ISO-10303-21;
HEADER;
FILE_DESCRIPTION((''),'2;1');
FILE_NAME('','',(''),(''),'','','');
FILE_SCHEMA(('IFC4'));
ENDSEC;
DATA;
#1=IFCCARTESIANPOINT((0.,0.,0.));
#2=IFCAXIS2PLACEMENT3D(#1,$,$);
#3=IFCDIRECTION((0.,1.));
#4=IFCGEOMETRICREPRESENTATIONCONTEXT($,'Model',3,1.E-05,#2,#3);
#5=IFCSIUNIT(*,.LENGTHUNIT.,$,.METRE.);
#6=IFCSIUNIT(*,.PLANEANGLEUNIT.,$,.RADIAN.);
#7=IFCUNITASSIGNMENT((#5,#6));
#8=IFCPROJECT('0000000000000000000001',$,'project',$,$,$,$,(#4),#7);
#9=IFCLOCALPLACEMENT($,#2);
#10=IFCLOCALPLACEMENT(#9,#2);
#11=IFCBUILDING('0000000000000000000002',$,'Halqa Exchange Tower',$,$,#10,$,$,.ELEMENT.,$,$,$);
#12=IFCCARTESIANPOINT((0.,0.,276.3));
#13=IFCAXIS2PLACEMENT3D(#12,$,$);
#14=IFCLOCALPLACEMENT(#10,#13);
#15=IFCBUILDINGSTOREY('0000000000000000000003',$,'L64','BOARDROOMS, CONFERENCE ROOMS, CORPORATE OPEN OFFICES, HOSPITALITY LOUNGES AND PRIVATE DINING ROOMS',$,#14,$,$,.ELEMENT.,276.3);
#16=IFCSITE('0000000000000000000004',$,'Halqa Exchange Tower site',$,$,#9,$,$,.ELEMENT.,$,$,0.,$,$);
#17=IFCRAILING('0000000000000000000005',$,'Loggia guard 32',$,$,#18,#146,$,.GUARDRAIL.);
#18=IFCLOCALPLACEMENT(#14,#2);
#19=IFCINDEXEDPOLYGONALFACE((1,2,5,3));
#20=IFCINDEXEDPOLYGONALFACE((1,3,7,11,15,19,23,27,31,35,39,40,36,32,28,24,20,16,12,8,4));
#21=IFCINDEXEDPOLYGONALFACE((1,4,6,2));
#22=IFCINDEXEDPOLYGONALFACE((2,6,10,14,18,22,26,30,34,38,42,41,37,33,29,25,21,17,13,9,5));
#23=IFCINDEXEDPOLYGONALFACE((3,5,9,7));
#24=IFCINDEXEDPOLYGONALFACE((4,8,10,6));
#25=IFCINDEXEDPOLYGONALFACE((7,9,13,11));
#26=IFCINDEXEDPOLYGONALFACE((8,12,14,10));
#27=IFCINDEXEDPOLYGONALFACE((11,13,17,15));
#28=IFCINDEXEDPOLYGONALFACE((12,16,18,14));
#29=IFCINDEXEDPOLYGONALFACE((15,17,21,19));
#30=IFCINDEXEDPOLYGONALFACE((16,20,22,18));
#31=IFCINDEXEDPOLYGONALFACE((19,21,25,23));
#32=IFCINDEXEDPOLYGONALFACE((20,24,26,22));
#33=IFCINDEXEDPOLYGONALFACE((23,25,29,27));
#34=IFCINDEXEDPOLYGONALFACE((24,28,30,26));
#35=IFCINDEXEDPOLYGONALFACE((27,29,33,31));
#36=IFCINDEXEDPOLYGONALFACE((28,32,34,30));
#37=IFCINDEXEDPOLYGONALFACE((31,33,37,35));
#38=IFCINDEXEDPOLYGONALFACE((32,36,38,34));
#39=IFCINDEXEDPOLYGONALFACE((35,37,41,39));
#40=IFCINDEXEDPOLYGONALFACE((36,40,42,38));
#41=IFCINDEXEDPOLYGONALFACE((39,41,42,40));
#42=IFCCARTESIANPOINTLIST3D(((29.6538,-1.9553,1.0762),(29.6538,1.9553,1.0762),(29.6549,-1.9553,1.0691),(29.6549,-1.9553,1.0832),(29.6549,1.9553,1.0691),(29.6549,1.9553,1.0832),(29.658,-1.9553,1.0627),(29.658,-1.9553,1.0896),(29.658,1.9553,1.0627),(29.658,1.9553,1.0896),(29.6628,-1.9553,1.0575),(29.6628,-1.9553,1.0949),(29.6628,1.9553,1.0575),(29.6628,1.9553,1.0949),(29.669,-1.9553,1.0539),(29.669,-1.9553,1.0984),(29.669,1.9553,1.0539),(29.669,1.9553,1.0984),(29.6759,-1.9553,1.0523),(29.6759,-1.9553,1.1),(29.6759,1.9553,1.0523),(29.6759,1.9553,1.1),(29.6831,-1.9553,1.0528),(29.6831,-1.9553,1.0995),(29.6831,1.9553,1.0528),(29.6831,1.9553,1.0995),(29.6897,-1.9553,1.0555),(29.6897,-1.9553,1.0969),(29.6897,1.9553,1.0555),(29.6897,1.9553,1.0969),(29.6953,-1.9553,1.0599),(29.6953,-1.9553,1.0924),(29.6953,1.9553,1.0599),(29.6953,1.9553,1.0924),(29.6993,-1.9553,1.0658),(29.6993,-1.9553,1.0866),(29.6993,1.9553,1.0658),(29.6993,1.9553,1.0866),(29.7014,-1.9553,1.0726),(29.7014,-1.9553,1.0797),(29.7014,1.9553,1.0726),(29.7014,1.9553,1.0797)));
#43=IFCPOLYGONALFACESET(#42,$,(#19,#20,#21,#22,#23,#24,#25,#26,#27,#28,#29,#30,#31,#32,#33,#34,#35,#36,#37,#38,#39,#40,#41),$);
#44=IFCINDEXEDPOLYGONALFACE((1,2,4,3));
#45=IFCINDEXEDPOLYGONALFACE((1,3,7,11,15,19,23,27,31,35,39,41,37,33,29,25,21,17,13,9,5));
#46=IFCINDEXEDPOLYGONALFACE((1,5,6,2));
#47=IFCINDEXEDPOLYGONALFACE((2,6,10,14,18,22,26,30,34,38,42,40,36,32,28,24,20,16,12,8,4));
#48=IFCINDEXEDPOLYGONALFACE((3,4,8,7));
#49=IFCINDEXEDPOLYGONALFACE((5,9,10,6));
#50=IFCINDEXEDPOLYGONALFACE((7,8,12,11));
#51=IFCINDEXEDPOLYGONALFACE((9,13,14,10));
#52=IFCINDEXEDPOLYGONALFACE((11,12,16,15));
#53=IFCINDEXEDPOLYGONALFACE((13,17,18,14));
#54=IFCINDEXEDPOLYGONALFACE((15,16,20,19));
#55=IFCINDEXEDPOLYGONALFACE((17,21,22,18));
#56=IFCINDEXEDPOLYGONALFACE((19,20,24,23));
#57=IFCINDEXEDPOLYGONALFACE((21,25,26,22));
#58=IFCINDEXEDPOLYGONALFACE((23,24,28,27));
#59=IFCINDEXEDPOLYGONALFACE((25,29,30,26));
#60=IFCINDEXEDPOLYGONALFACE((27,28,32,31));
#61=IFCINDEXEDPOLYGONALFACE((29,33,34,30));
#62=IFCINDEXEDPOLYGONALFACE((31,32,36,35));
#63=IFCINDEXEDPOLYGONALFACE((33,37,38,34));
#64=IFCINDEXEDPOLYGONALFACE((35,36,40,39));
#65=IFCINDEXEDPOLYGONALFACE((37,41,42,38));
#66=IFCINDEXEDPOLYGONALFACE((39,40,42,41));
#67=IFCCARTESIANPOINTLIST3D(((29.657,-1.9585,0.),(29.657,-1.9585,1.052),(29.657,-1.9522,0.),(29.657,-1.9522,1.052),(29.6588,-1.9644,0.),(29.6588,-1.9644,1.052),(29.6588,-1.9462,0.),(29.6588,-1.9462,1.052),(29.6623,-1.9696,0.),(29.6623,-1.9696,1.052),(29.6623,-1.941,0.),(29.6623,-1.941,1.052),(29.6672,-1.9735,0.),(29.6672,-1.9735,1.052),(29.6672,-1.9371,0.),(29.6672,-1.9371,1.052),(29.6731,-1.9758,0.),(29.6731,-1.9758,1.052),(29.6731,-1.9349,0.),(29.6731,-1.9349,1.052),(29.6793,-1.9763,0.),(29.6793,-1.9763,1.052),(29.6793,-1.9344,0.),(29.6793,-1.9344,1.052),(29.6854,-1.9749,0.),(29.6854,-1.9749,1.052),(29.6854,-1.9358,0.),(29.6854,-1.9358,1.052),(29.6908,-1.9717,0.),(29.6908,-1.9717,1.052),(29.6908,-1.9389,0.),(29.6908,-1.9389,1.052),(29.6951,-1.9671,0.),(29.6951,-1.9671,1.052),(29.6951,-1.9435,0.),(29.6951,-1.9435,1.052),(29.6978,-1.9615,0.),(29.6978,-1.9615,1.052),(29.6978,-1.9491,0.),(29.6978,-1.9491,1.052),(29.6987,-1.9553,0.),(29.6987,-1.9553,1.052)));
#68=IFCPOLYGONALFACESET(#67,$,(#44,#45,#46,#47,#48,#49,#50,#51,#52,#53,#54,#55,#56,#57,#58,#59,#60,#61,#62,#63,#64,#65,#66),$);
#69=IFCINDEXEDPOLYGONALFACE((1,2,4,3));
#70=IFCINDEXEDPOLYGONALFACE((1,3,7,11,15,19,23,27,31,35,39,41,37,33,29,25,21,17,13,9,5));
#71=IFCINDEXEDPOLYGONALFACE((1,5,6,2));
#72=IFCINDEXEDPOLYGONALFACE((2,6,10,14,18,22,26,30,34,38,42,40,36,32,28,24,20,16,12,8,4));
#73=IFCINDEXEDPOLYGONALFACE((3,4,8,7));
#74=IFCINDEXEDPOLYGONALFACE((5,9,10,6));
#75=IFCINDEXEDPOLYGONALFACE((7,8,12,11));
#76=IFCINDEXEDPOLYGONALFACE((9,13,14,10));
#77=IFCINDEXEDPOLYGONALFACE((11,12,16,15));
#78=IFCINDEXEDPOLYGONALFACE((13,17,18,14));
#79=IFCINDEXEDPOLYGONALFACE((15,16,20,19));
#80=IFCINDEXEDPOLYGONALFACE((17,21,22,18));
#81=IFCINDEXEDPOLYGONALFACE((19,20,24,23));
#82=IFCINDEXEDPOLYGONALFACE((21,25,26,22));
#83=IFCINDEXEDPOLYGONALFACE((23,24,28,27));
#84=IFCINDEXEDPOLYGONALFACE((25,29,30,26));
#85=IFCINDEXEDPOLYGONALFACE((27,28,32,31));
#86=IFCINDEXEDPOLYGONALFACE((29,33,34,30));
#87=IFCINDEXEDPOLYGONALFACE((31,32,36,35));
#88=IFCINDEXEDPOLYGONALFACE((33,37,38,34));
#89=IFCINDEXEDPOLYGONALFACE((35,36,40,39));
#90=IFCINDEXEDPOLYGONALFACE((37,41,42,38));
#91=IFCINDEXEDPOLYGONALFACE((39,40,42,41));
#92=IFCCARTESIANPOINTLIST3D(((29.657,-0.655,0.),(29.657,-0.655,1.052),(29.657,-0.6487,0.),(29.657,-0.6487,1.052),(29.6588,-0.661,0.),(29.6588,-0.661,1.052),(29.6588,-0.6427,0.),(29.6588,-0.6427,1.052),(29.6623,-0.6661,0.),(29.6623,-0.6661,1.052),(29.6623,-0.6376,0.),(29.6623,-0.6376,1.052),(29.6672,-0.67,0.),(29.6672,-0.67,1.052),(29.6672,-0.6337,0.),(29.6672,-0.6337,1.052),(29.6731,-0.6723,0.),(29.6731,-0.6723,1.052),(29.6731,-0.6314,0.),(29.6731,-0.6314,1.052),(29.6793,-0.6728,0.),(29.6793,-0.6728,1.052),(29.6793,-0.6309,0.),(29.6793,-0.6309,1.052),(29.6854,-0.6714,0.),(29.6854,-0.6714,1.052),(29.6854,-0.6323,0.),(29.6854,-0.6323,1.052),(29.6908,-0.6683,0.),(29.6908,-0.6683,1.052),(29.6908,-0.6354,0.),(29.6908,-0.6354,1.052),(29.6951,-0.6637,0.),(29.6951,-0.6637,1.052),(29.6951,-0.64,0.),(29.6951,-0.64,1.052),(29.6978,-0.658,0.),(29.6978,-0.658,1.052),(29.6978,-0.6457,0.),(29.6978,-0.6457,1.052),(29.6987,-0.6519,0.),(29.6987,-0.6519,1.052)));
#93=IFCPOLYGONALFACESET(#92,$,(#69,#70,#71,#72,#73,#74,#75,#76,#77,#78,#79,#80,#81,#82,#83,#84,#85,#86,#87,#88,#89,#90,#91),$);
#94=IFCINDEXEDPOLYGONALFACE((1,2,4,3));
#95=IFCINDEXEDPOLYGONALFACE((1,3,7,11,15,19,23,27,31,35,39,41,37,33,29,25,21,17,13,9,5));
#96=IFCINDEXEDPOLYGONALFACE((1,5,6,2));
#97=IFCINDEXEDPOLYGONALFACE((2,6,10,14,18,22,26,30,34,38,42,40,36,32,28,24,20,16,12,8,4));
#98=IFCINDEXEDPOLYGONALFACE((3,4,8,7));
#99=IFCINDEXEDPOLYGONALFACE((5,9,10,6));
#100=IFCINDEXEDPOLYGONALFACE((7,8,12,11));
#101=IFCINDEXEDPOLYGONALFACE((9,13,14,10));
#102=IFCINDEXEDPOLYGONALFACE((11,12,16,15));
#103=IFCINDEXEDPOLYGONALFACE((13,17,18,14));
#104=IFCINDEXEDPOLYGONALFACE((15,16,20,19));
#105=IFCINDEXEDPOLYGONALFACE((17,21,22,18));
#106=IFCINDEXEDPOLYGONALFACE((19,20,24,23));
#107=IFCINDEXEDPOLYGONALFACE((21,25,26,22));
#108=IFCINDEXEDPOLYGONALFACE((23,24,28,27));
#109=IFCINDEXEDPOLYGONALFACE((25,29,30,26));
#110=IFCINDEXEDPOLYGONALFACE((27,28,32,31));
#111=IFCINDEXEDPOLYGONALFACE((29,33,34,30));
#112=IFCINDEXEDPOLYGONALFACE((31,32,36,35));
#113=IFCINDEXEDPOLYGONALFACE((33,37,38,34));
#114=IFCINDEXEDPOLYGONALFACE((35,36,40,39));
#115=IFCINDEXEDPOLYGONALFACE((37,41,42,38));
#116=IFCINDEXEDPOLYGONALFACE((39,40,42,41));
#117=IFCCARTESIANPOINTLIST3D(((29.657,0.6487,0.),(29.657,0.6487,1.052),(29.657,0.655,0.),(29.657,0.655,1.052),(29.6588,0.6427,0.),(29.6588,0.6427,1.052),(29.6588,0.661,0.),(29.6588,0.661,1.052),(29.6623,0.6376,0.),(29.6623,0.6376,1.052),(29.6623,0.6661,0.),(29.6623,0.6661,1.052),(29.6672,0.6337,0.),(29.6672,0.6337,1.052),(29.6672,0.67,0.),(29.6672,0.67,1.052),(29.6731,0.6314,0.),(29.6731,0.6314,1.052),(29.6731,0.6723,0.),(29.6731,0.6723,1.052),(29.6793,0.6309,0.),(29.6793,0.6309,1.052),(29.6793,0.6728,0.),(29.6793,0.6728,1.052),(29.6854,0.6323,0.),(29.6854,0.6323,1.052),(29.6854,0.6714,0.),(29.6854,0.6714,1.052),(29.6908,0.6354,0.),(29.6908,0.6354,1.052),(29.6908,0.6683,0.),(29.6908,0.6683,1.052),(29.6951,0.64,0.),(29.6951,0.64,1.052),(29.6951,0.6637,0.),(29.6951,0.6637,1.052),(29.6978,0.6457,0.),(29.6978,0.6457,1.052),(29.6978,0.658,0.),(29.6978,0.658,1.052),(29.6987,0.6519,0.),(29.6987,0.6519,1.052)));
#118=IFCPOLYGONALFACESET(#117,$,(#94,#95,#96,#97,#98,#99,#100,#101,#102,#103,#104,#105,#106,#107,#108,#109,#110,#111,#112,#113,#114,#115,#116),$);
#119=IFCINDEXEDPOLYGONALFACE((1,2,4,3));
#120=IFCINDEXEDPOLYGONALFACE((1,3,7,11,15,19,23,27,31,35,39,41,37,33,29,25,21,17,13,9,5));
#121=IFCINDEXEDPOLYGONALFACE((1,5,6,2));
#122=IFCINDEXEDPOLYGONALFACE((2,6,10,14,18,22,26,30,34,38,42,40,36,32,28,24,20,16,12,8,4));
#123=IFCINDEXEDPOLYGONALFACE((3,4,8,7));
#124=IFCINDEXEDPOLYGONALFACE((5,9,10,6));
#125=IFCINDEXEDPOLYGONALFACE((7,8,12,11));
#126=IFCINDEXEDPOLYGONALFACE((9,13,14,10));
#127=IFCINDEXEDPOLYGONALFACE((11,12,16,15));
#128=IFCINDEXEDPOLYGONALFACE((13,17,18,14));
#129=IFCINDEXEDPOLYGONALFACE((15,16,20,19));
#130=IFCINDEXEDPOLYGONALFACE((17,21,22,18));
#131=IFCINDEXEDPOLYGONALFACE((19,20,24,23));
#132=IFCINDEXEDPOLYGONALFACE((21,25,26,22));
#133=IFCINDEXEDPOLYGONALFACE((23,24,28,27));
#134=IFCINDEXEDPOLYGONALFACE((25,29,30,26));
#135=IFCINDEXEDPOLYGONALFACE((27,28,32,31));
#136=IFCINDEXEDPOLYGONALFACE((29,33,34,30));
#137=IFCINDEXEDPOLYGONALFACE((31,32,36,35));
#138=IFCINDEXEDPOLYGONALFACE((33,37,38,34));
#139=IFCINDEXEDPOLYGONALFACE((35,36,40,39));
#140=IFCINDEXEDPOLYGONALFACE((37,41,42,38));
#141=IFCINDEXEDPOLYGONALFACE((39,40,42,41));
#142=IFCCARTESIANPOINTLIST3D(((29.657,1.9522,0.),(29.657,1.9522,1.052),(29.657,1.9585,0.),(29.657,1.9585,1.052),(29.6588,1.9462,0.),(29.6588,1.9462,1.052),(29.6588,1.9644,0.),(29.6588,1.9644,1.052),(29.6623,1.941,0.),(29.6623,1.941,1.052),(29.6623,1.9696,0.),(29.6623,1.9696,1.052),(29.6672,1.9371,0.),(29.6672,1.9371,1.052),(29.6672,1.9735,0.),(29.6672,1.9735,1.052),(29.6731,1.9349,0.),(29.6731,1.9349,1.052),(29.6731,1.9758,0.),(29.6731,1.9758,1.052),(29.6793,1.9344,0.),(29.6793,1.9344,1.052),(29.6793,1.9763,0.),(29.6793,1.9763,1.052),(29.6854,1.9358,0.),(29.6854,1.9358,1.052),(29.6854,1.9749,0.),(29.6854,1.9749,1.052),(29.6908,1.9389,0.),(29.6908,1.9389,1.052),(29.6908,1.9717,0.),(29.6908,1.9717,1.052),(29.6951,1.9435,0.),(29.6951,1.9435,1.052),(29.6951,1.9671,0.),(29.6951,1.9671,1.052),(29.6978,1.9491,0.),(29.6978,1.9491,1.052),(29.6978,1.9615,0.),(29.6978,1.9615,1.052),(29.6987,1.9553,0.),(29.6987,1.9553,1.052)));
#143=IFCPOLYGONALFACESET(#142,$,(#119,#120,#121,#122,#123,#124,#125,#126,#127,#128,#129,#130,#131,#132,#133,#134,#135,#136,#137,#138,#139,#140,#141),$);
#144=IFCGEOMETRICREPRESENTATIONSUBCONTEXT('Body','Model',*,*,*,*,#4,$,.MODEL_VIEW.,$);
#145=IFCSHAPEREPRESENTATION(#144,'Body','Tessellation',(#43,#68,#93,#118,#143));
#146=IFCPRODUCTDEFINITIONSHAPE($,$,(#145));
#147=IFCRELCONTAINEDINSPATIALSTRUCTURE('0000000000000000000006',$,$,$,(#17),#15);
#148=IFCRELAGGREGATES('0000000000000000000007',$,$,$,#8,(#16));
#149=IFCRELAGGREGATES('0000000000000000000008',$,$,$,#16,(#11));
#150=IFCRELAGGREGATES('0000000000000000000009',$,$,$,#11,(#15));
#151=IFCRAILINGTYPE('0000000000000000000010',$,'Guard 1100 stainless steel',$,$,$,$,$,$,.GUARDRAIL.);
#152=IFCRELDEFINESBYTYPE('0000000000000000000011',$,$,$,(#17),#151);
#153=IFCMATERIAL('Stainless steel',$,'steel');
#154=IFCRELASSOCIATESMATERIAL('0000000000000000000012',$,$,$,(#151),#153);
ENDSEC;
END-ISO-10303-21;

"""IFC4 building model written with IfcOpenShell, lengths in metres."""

from ifc_helpers import new_model, si_unit, direction, frame, origin, origin_2d, place, context, subcontext, project, spatial, circle, extrude, material, type_object, element, save


model = new_model("IFC4")

# Units and contexts
model_context = context("Model", 3, precision=1e-05, world=origin(), true_north=direction((0.0, 1.0)))
body_context = subcontext(model_context, "Body", "Model", "MODEL_VIEW")
ifc_project = project(units=[si_unit("LENGTHUNIT", "METRE"), si_unit("PLANEANGLEUNIT", "RADIAN")], contexts=[model_context])

# Site, building, storey
site_placement = place(None, origin())
site = spatial("IfcSite", under=ifc_project, at=site_placement, Name="Halqa Exchange Tower site", CompositionType="ELEMENT", RefElevation=0.0)
building_placement = place(site_placement, origin())
building = spatial("IfcBuilding", under=site, at=building_placement, Name="Halqa Exchange Tower", CompositionType="ELEMENT")
storey_placement = place(building_placement, frame((0.0, 0.0, 276.3)))
storey = spatial("IfcBuildingStorey", under=building, at=storey_placement, Name="L64", Description="BOARDROOMS, CONFERENCE ROOMS, CORPORATE OPEN OFFICES, HOSPITALITY LOUNGES AND PRIVATE DINING ROOMS", CompositionType="ELEMENT", Elevation=276.3)

# Railing
ifc_material_1 = material(Name="Stainless steel", Category="steel")
railing_type = type_object("IfcRailingType", Name="Guard 1100 stainless steel", PredefinedType="GUARDRAIL", material=ifc_material_1)
railing_1_placement = place(storey_placement, frame((29.6777, -1.9553, 0.0)))
element("IfcRailing", 1, at=railing_1_placement, inside=storey, type_object=railing_type, Name="Loggia guard 32", PredefinedType="GUARDRAIL", context=body_context, shape_type="SweptSolid", body=[
    extrude(circle(Radius=0.0239, at=origin_2d()), frame((0.0, 0.0, 1.0762), z_axis=(0.0, 1.0, 0.0), x_axis=(-1.0, 0.0, 0.0)), (0.0, 0.0, 1.0), 3.9106),
    extrude(circle(Radius=0.021, at=origin_2d()), origin(), (0.0, 0.0, 1.0), 1.052),
    extrude(circle(Radius=0.021, at=origin_2d()), frame((0.0, 1.3035, 0.0)), (0.0, 0.0, 1.0), 1.052),
    extrude(circle(Radius=0.021, at=origin_2d()), frame((0.0, 2.6072, 0.0)), (0.0, 0.0, 1.0), 1.052),
    extrude(circle(Radius=0.021, at=origin_2d()), frame((0.0, 3.9106, 0.0)), (0.0, 0.0, 1.0), 1.052),
])

save(model, "model.ifc")
